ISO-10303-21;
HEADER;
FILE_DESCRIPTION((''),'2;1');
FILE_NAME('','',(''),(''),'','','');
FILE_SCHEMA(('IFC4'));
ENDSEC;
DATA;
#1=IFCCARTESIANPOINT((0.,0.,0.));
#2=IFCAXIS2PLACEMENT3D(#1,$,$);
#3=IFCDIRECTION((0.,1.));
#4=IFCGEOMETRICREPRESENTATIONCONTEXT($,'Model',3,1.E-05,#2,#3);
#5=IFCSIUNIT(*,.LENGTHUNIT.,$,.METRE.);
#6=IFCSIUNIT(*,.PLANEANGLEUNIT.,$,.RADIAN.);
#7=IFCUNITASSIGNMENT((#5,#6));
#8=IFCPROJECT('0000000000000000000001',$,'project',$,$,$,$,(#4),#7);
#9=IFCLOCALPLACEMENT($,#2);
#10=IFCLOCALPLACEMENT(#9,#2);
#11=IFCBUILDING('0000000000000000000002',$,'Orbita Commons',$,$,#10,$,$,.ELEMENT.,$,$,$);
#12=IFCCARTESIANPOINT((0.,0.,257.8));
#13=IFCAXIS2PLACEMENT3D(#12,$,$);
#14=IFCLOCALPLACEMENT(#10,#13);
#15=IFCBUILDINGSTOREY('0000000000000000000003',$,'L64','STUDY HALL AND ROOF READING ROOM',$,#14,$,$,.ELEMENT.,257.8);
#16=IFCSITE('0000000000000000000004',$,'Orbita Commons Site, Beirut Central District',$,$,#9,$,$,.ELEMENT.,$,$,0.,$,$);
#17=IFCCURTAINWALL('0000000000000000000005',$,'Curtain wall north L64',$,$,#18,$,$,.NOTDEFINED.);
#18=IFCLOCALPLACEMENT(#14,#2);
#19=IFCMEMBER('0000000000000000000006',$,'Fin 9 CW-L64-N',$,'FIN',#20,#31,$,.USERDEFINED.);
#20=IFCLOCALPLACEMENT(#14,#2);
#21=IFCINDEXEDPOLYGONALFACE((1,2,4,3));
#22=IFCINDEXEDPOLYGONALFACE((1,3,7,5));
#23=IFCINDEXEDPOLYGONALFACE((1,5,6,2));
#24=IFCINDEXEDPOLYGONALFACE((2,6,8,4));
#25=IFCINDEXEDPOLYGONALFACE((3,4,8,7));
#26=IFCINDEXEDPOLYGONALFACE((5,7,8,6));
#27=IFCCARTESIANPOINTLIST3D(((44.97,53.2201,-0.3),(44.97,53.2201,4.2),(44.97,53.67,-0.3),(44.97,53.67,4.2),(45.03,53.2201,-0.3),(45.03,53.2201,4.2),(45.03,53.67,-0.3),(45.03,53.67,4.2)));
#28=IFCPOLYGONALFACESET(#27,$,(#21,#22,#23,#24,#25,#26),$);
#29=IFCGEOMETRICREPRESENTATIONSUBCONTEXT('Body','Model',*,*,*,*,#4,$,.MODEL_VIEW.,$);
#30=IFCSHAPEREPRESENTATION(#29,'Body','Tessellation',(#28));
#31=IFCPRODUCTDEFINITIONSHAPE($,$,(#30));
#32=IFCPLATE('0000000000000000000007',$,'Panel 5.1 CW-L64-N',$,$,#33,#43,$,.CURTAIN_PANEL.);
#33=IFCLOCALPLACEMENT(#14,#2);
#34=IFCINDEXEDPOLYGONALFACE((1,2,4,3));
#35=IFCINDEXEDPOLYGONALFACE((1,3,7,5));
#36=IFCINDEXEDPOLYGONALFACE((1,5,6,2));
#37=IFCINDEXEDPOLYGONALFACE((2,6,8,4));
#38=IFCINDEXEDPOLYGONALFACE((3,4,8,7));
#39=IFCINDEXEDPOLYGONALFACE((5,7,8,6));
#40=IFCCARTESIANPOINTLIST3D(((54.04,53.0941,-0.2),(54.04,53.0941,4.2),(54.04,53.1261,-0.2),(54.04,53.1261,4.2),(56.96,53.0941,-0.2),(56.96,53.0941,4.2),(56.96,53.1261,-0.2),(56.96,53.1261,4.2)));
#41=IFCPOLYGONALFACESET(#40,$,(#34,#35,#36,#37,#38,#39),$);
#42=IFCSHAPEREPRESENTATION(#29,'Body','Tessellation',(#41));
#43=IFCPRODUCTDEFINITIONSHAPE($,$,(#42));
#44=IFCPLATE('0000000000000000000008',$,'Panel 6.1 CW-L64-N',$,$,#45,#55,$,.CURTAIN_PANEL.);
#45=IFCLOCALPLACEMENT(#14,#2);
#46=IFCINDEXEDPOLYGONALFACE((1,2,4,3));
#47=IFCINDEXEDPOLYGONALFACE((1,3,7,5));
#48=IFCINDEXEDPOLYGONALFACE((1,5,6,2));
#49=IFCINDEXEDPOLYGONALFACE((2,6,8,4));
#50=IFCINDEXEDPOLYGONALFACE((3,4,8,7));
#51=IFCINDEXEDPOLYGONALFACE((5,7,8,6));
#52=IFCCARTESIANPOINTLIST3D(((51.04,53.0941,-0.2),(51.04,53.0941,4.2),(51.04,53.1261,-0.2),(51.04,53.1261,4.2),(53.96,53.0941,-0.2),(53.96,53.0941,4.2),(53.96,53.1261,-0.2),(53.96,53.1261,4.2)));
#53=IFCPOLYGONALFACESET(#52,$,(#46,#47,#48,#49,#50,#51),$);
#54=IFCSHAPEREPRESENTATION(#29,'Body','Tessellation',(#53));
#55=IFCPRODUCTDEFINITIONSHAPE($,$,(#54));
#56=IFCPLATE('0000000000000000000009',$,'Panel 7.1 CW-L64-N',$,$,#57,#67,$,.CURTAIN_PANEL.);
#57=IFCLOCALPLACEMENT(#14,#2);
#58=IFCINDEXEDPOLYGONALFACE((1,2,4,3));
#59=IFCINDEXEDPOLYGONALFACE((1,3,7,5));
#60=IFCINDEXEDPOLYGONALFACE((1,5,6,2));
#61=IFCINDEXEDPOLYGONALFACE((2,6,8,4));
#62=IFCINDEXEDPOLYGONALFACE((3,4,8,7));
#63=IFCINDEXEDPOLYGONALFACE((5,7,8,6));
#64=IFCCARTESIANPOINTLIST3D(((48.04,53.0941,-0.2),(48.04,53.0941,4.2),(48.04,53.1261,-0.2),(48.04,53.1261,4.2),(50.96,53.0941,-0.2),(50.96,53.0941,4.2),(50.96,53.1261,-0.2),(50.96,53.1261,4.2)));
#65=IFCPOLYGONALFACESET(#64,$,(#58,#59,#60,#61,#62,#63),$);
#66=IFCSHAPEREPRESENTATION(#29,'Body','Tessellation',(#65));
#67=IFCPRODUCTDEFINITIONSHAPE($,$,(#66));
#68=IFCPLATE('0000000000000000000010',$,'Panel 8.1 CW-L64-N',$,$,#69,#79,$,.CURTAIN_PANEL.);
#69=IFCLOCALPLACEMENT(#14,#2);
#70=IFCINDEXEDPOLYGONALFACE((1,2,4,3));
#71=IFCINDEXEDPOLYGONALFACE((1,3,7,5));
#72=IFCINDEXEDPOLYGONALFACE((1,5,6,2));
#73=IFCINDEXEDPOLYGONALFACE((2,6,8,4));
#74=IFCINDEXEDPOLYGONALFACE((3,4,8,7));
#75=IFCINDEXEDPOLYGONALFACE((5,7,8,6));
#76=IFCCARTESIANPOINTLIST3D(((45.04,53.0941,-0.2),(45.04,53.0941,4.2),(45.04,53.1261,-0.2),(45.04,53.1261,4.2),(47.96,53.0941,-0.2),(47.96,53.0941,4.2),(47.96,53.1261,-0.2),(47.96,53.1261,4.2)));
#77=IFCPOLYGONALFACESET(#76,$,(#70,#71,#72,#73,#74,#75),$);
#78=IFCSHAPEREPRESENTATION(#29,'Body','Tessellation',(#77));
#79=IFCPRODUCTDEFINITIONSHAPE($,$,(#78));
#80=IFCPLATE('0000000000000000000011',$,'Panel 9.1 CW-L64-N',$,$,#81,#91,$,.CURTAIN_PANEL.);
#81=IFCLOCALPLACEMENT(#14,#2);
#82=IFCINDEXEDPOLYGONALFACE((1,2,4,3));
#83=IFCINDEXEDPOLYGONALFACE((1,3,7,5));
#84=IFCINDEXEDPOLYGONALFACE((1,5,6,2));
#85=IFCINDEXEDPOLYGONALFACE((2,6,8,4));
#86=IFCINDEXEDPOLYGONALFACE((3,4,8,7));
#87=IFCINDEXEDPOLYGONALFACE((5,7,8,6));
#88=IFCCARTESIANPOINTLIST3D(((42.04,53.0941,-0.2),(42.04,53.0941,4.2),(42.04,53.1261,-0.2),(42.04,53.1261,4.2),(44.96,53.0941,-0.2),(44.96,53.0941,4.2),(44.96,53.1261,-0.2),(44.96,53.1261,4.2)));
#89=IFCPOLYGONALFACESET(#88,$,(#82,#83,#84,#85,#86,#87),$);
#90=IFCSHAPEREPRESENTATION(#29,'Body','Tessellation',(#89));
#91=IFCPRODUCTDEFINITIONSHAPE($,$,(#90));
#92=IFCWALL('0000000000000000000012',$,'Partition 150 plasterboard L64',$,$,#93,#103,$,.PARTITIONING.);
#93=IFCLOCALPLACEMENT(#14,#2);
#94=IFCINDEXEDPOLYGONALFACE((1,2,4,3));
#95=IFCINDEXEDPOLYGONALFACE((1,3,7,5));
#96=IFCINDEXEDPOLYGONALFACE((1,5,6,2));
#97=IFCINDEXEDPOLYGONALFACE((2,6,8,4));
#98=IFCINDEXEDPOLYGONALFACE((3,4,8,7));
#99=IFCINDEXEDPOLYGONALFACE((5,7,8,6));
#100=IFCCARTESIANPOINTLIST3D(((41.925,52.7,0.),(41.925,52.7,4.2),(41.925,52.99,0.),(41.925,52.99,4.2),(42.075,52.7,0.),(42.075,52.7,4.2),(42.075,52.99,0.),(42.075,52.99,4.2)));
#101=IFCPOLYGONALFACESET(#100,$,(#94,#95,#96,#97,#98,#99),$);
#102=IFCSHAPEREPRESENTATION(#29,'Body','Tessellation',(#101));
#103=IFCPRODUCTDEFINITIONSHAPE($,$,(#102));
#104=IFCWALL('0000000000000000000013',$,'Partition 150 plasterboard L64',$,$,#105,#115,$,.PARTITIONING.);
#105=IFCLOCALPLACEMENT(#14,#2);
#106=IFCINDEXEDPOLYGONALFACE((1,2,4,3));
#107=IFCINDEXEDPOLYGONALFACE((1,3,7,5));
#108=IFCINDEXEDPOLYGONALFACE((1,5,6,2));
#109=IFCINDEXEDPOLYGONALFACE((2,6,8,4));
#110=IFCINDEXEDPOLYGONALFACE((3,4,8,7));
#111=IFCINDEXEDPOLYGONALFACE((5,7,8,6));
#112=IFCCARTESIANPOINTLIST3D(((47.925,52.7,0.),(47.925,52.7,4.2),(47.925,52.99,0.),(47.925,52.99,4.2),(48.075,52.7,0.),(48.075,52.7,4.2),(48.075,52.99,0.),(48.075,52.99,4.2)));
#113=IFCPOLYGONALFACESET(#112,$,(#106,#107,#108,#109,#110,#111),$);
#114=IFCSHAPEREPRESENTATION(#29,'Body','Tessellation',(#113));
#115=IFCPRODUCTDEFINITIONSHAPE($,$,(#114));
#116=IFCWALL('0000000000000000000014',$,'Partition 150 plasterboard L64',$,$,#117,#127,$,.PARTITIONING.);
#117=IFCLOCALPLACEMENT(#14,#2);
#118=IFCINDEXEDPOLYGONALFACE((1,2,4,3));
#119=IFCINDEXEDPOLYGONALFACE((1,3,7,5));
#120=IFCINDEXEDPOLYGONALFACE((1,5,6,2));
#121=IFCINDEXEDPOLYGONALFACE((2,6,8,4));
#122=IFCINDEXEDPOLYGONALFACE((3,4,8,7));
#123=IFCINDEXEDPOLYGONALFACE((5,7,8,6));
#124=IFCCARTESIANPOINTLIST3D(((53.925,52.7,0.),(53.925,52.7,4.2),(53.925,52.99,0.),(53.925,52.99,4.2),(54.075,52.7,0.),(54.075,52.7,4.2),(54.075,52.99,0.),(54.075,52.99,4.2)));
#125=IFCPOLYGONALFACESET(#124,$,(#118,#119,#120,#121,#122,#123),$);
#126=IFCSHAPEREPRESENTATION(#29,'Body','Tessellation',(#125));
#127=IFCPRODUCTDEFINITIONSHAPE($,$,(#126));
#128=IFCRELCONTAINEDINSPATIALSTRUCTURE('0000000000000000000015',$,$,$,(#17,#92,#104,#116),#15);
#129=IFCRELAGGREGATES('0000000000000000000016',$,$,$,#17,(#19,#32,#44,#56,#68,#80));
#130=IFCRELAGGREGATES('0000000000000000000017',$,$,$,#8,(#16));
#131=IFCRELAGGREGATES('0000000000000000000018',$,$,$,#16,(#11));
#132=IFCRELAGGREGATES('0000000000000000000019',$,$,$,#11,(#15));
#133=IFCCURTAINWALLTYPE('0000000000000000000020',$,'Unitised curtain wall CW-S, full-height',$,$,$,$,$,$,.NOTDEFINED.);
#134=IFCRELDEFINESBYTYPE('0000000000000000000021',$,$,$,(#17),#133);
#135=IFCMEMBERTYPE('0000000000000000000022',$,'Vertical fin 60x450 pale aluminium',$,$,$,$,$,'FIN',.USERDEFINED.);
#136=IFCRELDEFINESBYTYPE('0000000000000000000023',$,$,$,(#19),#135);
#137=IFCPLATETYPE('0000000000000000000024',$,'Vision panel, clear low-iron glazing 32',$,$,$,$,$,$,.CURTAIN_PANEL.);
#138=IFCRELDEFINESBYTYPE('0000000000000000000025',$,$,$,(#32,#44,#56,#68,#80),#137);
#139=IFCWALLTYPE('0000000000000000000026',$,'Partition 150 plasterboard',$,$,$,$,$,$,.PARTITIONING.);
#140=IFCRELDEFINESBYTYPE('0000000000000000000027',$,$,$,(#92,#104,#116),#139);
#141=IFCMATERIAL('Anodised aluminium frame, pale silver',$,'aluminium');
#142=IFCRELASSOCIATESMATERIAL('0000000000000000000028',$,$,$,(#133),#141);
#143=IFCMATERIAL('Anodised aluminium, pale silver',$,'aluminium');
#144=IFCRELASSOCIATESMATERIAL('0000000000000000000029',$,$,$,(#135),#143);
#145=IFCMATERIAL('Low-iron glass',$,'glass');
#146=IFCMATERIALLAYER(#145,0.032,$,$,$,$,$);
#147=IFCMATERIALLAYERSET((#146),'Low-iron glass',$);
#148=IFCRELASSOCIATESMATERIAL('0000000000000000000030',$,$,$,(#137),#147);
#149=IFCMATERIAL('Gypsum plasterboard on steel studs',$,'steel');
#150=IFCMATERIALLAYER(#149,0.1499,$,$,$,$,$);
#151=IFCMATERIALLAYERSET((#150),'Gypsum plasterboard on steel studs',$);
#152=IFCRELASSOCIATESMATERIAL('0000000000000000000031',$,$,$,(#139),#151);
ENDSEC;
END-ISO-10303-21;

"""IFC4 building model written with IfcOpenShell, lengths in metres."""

from ifc_helpers import new_model, si_unit, direction, frame, frame_2d, origin, origin_2d, place, context, subcontext, project, spatial, rectangle, extrude, material, layer, layer_set, material_profile, profile_set, type_object, element, aggregate, save


model = new_model("IFC4")

# Units and contexts
model_context = context("Model", 3, precision=1e-05, world=origin(), true_north=direction((0.0, 1.0)))
body_context = subcontext(model_context, "Body", "Model", "MODEL_VIEW")
ifc_project = project(units=[si_unit("LENGTHUNIT", "METRE"), si_unit("PLANEANGLEUNIT", "RADIAN")], contexts=[model_context])

# Site, building, storey
site_placement = place(None, origin())
site = spatial("IfcSite", under=ifc_project, at=site_placement, Name="Orbita Commons Site, Beirut Central District", CompositionType="ELEMENT", RefElevation=0.0)
building_placement = place(site_placement, origin())
building = spatial("IfcBuilding", under=site, at=building_placement, Name="Orbita Commons", CompositionType="ELEMENT")
storey_placement = place(building_placement, frame((0.0, 0.0, 257.8)))
storey = spatial("IfcBuildingStorey", under=building, at=storey_placement, Name="L64", Description="STUDY HALL AND ROOF READING ROOM", CompositionType="ELEMENT", Elevation=257.8)

# Curtain wall
ifc_material_1 = material(Name="Anodised aluminium frame, pale silver", Category="aluminium")
curtain_wall_type = type_object("IfcCurtainWallType", Name="Unitised curtain wall CW-S, full-height", PredefinedType="NOTDEFINED", material=ifc_material_1)
curtain_wall_placement = place(storey_placement, origin())
curtain_wall = element("IfcCurtainWall", 1, at=curtain_wall_placement, inside=storey, type_object=curtain_wall_type, Name="Curtain wall north L64", PredefinedType="NOTDEFINED")

# Member
ifc_material_2 = material(Name="Anodised aluminium, pale silver", Category="aluminium")
ifc_material_profile_1 = material_profile(ifc_material_2, rectangle(XDim=0.0601, YDim=0.45, at=origin_2d()), Name="FIN 60x450")
ifc_profile_set_1 = profile_set([ifc_material_profile_1], Name="Anodised aluminium, pale silver")
member_type_1 = type_object("IfcMemberType", Name="Vertical fin 60x450 pale aluminium", ElementType="FIN", PredefinedType="USERDEFINED", material=ifc_profile_set_1)
member_1_placement = place(storey_placement, frame((45.0, 53.4451, -0.3), z_axis=(0.0, 0.0, 1.0), x_axis=(-1.0, 0.0, 0.0)))
member_1 = element("IfcMember", 2, at=member_1_placement, type_object=member_type_1, Name="Fin 9 CW-L64-N", ObjectType="FIN", PredefinedType="USERDEFINED", context=body_context, shape_type="SweptSolid", body=[
    extrude(rectangle(XDim=0.0601, YDim=0.45, at=origin_2d()), origin(), (0.0, 0.0, 1.0), 4.5),
])

# Plates
ifc_material_3 = material(Name="Low-iron glass", Category="glass")
ifc_layer_1 = layer(ifc_material_3, 0.032)
ifc_layer_set_1 = layer_set([ifc_layer_1], Name="Low-iron glass")
plate_type = type_object("IfcPlateType", Name="Vision panel, clear low-iron glazing 32", PredefinedType="CURTAIN_PANEL", material=ifc_layer_set_1)
plate_1_placement = place(storey_placement, frame((55.5, 53.1101, -0.2), z_axis=(0.0, 0.0, 1.0), x_axis=(-1.0, 0.0, 0.0)))
plate_1 = element("IfcPlate", 3, at=plate_1_placement, type_object=plate_type, Name="Panel 5.1 CW-L64-N", PredefinedType="CURTAIN_PANEL", context=body_context, shape_type="SweptSolid", body=[
    extrude(rectangle(XDim=2.9199, YDim=0.032, at=origin_2d()), origin(), (0.0, 0.0, 1.0), 4.3999),
])
plate_2_placement = place(storey_placement, frame((52.5, 53.1101, -0.2), z_axis=(0.0, 0.0, 1.0), x_axis=(-1.0, 0.0, 0.0)))
plate_2 = element("IfcPlate", 4, at=plate_2_placement, type_object=plate_type, Name="Panel 6.1 CW-L64-N", PredefinedType="CURTAIN_PANEL", context=body_context, shape_type="SweptSolid", body=[
    extrude(rectangle(XDim=2.9199, YDim=0.032, at=origin_2d()), origin(), (0.0, 0.0, 1.0), 4.3999),
])
plate_3_placement = place(storey_placement, frame((49.5, 53.1101, -0.2), z_axis=(0.0, 0.0, 1.0), x_axis=(-1.0, 0.0, 0.0)))
plate_3 = element("IfcPlate", 5, at=plate_3_placement, type_object=plate_type, Name="Panel 7.1 CW-L64-N", PredefinedType="CURTAIN_PANEL", context=body_context, shape_type="SweptSolid", body=[
    extrude(rectangle(XDim=2.9199, YDim=0.032, at=origin_2d()), origin(), (0.0, 0.0, 1.0), 4.3999),
])
plate_4_placement = place(storey_placement, frame((46.5, 53.1101, -0.2), z_axis=(0.0, 0.0, 1.0), x_axis=(-1.0, 0.0, 0.0)))
plate_4 = element("IfcPlate", 6, at=plate_4_placement, type_object=plate_type, Name="Panel 8.1 CW-L64-N", PredefinedType="CURTAIN_PANEL", context=body_context, shape_type="SweptSolid", body=[
    extrude(rectangle(XDim=2.9199, YDim=0.032, at=origin_2d()), origin(), (0.0, 0.0, 1.0), 4.3999),
])
plate_5_placement = place(storey_placement, frame((43.5, 53.1101, -0.2), z_axis=(0.0, 0.0, 1.0), x_axis=(-1.0, 0.0, 0.0)))
plate_5 = element("IfcPlate", 7, at=plate_5_placement, type_object=plate_type, Name="Panel 9.1 CW-L64-N", PredefinedType="CURTAIN_PANEL", context=body_context, shape_type="SweptSolid", body=[
    extrude(rectangle(XDim=2.9199, YDim=0.032, at=origin_2d()), origin(), (0.0, 0.0, 1.0), 4.3999),
])
aggregate(curtain_wall, [member_1, plate_1, plate_2, plate_3, plate_4, plate_5])

# Walls
ifc_material_4 = material(Name="Gypsum plasterboard on steel studs", Category="steel")
ifc_layer_2 = layer(ifc_material_4, 0.1499)
ifc_layer_set_2 = layer_set([ifc_layer_2], Name="Gypsum plasterboard on steel studs")
wall_type = type_object("IfcWallType", Name="Partition 150 plasterboard", PredefinedType="PARTITIONING", material=ifc_layer_set_2)
for number, where, z_axis, x_axis, name in (
    (8, (42.0, 52.7, 0.0), (0.0, 0.0, 1.0), (0.0, 1.0, 0.0), "Partition 150 plasterboard L64"),
    (9, (48.0, 52.7, 0.0), (0.0, 0.0, 1.0), (0.0, 1.0, 0.0), "Partition 150 plasterboard L64"),
    (10, (54.0, 52.7, 0.0), (0.0, 0.0, 1.0), (0.0, 1.0, 0.0), "Partition 150 plasterboard L64"),
):
    element("IfcWall", number, at=place(storey_placement, frame(where, z_axis=z_axis, x_axis=x_axis)), inside=storey, type_object=wall_type, Name=name, PredefinedType="PARTITIONING", context=body_context, shape_type="SweptSolid", body=[
        extrude(rectangle(XDim=0.29, YDim=0.1499, at=frame_2d((0.145, 0.0))), origin(), (0.0, 0.0, 1.0), 4.2),
    ])

save(model, "model.ifc")
